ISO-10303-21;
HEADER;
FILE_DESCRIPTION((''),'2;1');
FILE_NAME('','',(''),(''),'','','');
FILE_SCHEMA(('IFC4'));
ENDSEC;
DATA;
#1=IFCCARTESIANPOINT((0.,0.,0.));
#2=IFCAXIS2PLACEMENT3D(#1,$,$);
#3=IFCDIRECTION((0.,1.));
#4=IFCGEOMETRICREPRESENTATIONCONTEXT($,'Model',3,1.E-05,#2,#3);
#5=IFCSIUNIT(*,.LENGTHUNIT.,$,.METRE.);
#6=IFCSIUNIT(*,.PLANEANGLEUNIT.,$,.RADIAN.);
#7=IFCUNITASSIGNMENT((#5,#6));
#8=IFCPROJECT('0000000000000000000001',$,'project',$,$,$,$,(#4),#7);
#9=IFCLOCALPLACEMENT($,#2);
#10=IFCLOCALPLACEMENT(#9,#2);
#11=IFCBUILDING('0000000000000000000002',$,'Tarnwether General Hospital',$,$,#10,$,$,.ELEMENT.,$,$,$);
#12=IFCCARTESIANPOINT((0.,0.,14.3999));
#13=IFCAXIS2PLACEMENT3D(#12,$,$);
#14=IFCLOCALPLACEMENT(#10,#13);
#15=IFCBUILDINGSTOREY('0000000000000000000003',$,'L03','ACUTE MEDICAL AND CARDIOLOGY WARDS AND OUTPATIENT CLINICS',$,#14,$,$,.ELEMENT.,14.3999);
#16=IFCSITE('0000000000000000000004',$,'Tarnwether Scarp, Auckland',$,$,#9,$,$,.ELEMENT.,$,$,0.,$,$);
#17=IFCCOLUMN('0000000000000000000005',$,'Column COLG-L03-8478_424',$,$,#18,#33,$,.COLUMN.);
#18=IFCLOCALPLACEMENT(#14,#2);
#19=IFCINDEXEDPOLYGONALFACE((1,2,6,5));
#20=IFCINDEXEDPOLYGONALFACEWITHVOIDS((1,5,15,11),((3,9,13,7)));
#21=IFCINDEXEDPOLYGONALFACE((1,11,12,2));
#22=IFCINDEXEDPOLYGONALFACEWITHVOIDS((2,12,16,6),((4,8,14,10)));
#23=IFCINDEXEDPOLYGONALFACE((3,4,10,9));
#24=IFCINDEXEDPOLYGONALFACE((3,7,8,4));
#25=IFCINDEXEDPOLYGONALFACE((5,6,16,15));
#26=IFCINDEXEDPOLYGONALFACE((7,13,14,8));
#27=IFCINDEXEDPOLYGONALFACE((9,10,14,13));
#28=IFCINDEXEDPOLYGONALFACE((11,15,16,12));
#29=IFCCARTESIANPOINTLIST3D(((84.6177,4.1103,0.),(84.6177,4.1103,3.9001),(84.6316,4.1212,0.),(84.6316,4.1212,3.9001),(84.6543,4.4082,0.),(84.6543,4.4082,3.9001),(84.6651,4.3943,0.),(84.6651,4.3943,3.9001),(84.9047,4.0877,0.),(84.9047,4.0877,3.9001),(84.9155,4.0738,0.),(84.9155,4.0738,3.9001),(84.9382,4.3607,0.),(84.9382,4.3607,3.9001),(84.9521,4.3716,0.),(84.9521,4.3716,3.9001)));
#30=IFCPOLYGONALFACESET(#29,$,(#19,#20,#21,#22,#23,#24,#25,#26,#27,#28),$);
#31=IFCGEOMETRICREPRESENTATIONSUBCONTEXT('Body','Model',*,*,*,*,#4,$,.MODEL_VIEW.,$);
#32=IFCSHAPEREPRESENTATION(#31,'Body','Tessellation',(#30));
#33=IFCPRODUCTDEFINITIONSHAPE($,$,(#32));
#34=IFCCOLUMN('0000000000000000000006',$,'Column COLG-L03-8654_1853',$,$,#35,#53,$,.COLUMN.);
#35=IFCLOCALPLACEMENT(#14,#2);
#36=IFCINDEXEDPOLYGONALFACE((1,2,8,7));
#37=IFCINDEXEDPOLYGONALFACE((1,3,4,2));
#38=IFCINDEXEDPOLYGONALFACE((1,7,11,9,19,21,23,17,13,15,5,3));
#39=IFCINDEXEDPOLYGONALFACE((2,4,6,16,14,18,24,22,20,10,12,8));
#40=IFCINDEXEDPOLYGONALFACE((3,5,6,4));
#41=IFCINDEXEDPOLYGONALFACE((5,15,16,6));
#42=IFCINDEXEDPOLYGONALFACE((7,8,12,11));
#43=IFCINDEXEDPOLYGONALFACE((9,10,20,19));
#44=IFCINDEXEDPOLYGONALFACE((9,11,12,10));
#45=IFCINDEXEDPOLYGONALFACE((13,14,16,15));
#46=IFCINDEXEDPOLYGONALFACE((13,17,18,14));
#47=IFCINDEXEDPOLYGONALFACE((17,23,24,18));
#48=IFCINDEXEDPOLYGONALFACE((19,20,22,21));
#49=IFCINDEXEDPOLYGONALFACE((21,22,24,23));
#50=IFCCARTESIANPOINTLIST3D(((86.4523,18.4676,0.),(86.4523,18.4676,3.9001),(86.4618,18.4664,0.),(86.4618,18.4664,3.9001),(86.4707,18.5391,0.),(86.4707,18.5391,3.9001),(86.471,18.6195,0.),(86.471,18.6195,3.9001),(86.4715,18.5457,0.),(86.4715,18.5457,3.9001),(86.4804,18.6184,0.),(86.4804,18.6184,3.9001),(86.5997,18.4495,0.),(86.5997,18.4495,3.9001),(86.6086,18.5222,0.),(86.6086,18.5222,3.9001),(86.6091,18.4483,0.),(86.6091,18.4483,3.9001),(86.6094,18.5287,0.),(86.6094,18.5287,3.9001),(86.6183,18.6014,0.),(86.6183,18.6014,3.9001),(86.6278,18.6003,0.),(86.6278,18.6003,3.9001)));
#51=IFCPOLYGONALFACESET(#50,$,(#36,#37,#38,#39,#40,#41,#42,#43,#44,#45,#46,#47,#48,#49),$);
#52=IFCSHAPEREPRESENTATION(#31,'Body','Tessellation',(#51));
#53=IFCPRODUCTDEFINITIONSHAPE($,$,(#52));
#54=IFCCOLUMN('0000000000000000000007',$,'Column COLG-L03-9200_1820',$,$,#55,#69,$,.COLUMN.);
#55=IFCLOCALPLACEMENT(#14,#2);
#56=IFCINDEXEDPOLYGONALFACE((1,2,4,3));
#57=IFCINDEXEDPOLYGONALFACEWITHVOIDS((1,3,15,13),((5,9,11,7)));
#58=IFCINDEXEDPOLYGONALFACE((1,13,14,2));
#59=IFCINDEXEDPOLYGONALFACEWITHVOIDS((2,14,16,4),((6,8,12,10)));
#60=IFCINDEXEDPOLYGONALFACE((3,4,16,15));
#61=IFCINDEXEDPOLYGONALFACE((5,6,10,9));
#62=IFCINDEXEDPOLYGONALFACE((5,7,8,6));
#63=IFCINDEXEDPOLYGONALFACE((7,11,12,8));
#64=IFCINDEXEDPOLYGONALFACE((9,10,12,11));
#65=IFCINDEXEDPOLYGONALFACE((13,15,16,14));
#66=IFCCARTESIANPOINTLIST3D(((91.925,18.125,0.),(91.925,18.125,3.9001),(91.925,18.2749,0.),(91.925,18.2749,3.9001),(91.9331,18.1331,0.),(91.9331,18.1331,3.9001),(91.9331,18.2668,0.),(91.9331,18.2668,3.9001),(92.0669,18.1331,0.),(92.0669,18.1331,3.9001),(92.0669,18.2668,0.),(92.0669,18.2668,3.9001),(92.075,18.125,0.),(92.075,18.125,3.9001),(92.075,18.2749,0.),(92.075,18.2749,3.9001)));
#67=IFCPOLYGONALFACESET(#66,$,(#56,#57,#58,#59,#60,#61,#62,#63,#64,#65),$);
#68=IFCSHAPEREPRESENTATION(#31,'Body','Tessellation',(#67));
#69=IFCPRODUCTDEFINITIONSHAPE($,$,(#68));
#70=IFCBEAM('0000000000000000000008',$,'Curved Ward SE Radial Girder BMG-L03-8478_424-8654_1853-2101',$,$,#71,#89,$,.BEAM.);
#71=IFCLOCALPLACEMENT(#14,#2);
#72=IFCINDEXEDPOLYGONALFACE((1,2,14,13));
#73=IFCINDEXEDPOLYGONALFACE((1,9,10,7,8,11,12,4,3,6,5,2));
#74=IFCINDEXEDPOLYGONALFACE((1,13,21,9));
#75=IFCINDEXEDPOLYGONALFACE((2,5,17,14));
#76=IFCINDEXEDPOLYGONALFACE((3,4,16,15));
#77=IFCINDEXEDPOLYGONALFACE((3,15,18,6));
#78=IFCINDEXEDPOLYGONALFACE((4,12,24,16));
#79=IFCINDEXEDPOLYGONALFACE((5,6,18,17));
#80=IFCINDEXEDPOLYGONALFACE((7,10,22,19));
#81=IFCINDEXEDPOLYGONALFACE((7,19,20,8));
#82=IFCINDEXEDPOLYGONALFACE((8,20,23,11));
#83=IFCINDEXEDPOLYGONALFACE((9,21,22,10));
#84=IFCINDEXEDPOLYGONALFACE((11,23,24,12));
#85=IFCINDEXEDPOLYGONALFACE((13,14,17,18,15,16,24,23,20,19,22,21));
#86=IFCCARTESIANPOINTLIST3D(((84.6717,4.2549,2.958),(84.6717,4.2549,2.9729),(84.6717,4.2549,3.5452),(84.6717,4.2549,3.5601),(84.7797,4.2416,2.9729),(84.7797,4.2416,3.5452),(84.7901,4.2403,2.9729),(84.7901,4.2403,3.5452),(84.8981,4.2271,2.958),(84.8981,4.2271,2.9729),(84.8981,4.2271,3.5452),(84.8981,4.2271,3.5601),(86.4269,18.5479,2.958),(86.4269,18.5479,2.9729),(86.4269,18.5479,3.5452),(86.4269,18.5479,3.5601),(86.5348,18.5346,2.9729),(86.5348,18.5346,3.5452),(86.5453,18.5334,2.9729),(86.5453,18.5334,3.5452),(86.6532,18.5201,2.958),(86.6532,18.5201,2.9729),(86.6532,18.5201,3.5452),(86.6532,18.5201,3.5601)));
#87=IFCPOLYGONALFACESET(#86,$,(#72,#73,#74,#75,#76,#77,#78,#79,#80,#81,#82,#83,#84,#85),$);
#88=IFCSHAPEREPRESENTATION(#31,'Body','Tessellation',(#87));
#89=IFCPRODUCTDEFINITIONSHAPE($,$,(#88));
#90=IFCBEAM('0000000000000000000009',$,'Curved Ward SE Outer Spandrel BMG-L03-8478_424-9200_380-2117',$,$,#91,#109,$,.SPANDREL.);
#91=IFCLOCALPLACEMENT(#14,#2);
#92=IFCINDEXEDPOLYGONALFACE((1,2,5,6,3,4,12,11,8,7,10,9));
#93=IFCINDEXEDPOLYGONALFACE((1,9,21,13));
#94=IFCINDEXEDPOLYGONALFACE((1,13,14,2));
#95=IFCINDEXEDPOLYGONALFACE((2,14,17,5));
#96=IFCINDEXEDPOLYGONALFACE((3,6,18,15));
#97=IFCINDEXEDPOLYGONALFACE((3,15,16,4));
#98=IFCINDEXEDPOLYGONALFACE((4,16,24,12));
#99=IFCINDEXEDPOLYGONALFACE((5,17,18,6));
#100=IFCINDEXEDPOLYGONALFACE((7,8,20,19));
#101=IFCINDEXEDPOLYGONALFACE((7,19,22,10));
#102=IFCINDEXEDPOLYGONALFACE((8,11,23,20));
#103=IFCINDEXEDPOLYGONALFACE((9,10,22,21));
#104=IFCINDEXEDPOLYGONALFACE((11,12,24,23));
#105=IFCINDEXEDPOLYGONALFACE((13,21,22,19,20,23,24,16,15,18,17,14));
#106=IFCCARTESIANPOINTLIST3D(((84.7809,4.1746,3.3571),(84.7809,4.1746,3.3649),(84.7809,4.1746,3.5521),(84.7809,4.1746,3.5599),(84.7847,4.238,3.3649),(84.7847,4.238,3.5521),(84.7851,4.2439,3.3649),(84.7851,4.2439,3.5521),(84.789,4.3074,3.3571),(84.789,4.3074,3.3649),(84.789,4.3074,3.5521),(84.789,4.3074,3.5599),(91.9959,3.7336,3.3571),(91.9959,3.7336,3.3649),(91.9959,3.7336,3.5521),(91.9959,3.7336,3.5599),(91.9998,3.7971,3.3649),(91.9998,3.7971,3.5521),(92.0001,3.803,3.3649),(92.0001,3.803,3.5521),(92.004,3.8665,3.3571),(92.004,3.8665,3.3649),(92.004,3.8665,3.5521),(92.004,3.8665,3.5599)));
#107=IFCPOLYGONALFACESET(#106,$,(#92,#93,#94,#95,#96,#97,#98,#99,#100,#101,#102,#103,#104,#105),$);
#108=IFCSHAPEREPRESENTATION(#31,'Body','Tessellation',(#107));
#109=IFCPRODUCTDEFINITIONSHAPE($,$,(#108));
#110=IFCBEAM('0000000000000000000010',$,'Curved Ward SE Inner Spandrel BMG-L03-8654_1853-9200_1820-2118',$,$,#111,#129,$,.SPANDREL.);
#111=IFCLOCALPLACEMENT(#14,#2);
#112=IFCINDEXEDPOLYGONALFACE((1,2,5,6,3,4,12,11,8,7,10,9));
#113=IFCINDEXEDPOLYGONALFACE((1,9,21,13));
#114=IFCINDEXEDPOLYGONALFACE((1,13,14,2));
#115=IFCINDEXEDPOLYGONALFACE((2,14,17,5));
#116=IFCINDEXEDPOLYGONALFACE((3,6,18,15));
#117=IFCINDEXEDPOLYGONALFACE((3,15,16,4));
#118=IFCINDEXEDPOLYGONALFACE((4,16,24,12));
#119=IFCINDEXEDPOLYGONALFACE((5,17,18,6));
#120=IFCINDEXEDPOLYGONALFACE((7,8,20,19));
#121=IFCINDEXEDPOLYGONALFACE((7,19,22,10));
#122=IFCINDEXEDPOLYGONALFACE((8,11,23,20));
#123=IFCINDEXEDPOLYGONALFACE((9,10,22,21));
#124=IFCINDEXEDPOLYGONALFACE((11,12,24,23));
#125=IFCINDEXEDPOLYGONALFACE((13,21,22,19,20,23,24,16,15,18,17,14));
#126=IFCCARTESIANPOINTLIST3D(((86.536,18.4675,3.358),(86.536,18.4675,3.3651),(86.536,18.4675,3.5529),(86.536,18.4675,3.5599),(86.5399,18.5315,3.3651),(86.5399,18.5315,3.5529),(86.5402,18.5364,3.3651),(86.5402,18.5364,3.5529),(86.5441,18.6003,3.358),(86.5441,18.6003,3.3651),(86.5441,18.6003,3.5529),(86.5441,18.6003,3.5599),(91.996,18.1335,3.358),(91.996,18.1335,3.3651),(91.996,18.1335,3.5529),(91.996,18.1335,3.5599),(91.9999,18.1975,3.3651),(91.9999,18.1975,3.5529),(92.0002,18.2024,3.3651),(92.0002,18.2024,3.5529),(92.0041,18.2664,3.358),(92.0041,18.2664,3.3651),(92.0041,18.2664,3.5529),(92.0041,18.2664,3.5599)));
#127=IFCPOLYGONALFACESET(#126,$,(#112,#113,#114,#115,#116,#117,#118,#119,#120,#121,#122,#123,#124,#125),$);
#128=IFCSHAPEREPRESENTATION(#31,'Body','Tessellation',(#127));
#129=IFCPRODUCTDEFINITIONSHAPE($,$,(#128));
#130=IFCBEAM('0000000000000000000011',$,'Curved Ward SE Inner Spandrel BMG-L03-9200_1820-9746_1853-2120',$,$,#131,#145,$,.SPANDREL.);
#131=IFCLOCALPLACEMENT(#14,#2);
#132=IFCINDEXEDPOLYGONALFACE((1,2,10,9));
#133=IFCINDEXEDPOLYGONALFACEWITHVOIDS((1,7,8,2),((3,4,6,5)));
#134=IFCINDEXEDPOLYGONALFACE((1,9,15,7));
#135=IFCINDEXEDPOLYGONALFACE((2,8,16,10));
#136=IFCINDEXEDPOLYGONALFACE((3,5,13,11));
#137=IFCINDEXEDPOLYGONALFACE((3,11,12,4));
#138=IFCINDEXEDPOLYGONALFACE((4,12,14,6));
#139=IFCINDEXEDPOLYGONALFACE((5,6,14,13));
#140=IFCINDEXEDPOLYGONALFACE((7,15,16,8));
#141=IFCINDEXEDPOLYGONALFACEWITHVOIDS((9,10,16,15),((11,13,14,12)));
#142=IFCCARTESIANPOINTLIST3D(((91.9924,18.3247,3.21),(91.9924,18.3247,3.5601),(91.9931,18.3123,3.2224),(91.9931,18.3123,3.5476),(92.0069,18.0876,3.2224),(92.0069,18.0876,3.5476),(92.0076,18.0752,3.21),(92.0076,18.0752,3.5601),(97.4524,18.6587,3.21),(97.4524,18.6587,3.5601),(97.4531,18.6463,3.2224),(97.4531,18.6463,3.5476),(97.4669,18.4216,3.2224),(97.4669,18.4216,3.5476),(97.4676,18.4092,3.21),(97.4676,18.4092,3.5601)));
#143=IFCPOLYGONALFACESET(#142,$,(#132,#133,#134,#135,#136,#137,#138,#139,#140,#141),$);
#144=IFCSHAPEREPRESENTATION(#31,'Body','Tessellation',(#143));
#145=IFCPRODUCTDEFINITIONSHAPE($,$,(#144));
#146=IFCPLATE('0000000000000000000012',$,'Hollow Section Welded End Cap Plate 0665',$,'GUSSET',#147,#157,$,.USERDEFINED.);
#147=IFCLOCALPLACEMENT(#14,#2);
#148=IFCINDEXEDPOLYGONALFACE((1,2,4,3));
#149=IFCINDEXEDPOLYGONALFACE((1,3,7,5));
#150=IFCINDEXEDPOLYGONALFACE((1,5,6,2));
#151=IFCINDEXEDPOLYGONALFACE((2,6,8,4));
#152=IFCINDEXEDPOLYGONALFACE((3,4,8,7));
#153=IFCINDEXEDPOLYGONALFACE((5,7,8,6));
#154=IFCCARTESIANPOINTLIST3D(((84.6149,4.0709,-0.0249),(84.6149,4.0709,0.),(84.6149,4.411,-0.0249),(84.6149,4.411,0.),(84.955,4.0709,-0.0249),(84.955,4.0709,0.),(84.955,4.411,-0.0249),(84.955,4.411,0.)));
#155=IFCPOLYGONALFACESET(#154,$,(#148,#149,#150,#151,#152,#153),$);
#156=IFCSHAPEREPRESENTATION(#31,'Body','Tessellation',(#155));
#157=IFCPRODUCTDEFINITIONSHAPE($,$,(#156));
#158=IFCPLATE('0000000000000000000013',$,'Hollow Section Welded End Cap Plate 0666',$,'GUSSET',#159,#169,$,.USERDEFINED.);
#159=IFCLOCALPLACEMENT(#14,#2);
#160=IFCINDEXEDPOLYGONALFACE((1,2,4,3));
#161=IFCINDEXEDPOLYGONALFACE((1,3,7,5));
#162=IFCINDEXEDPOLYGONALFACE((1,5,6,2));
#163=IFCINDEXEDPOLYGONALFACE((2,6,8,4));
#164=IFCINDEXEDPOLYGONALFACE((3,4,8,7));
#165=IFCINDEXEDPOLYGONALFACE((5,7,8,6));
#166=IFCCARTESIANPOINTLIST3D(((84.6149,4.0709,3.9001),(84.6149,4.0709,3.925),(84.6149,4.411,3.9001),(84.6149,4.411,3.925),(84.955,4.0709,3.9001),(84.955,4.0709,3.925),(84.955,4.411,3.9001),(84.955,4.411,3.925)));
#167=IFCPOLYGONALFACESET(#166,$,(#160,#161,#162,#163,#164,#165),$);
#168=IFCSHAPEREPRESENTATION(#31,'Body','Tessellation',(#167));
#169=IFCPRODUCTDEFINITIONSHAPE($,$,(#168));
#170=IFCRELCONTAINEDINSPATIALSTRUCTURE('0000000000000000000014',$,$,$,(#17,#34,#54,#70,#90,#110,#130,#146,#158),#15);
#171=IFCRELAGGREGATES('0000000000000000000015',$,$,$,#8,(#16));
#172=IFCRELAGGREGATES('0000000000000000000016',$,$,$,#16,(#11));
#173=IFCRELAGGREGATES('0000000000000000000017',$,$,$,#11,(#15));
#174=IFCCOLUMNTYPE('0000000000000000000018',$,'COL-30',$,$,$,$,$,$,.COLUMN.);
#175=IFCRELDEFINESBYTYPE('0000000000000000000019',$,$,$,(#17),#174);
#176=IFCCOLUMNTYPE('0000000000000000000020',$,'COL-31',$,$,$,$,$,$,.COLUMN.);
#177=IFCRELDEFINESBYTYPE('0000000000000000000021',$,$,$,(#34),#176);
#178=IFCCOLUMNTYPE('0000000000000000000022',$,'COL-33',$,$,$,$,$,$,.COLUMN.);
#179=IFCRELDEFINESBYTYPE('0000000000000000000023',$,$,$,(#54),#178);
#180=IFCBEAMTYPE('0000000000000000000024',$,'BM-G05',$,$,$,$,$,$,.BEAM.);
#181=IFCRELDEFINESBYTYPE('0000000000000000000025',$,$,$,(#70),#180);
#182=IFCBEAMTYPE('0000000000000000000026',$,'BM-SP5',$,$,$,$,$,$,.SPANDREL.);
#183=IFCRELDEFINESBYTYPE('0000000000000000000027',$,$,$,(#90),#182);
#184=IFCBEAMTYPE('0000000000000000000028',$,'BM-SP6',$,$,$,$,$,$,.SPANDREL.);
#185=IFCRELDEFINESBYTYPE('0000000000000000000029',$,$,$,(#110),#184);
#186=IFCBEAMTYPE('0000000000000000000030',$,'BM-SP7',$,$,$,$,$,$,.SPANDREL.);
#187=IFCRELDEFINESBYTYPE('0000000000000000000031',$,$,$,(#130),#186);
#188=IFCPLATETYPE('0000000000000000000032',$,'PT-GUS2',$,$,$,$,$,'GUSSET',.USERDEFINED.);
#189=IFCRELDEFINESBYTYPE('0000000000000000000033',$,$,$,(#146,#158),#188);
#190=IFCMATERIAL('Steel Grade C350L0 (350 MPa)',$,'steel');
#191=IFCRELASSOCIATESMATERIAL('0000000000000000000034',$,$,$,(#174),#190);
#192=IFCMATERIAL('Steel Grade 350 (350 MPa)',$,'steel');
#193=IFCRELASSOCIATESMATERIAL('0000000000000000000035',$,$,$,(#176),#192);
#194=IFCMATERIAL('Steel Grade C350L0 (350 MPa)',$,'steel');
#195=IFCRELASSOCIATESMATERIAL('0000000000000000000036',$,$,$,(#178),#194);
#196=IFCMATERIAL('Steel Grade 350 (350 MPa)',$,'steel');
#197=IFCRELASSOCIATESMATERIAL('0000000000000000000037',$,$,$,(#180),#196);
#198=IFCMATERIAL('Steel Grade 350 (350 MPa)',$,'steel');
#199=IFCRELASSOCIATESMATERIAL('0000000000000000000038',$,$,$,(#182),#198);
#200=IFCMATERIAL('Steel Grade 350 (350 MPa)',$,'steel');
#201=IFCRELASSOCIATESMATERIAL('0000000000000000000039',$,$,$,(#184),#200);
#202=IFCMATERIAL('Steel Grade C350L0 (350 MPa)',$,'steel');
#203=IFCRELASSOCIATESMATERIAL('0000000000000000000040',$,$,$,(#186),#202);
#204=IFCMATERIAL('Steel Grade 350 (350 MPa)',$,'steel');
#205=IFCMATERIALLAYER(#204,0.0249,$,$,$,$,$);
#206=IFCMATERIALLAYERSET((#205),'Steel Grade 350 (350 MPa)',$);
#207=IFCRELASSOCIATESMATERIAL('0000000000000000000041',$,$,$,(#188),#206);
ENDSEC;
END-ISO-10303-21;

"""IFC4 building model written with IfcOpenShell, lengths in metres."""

from ifc_helpers import new_model, si_unit, direction, frame, origin, origin_2d, place, context, subcontext, project, spatial, rectangle, hollow_rectangle, i_section, extrude, material, layer, layer_set, material_profile, profile_set, type_object, element, save


model = new_model("IFC4")

# Units and contexts
model_context = context("Model", 3, precision=1e-05, world=origin(), true_north=direction((0.0, 1.0)))
body_context = subcontext(model_context, "Body", "Model", "MODEL_VIEW")
ifc_project = project(units=[si_unit("LENGTHUNIT", "METRE"), si_unit("PLANEANGLEUNIT", "RADIAN")], contexts=[model_context])

# Site, building, storey
site_placement = place(None, origin())
site = spatial("IfcSite", under=ifc_project, at=site_placement, Name="Tarnwether Scarp, Auckland", CompositionType="ELEMENT", RefElevation=0.0)
building_placement = place(site_placement, origin())
building = spatial("IfcBuilding", under=site, at=building_placement, Name="Tarnwether General Hospital", CompositionType="ELEMENT")
storey_placement = place(building_placement, frame((0.0, 0.0, 14.3999)))
storey = spatial("IfcBuildingStorey", under=building, at=storey_placement, Name="L03", Description="ACUTE MEDICAL AND CARDIOLOGY WARDS AND OUTPATIENT CLINICS", CompositionType="ELEMENT", Elevation=14.3999)

# Columns
ifc_material_1 = material(Name="Steel Grade C350L0 (350 MPa)", Category="steel")
ifc_material_profile_1 = material_profile(ifc_material_1, hollow_rectangle(XDim=0.3, YDim=0.3, WallThickness=0.0125, at=origin_2d()), Name="SHS300x300x12.5")
ifc_profile_set_1 = profile_set([ifc_material_profile_1], Name="Steel Grade C350L0 (350 MPa)")
column_type_1 = type_object("IfcColumnType", Name="COL-30", PredefinedType="COLUMN", material=ifc_profile_set_1)
column_1_placement = place(storey_placement, frame((84.7849, 4.241, 0.0), z_axis=(0.0, 0.0, 1.0), x_axis=(0.121869, 0.992546, 0.0)))
element("IfcColumn", 1, at=column_1_placement, inside=storey, type_object=column_type_1, Name="Column COLG-L03-8478_424", PredefinedType="COLUMN", context=body_context, shape_type="SweptSolid", body=[
    extrude(hollow_rectangle(XDim=0.3, YDim=0.3, WallThickness=0.0125, at=origin_2d()), origin(), (0.0, 0.0, 1.0), 3.9001),
])
ifc_material_2 = material(Name="Steel Grade 350 (350 MPa)", Category="steel")
ifc_material_profile_2 = material_profile(ifc_material_2, i_section(OverallWidth=0.1531, OverallDepth=0.158, WebThickness=0.0066, FlangeThickness=0.0095, at=origin_2d()), Name="150UC30.0")
ifc_profile_set_2 = profile_set([ifc_material_profile_2], Name="Steel Grade 350 (350 MPa)")
column_type_2 = type_object("IfcColumnType", Name="COL-31", PredefinedType="COLUMN", material=ifc_profile_set_2)
column_2_placement = place(storey_placement, frame((86.54, 18.5339, 0.0), z_axis=(0.0, 0.0, 1.0), x_axis=(0.121869, 0.992546, 0.0)))
element("IfcColumn", 2, at=column_2_placement, inside=storey, type_object=column_type_2, Name="Column COLG-L03-8654_1853", PredefinedType="COLUMN", context=body_context, shape_type="SweptSolid", body=[
    extrude(i_section(OverallWidth=0.1531, OverallDepth=0.158, WebThickness=0.0066, FlangeThickness=0.0095, at=origin_2d()), origin(), (0.0, 0.0, 1.0), 3.9001),
])
ifc_material_3 = material(Name="Steel Grade C350L0 (350 MPa)", Category="steel")
ifc_material_profile_3 = material_profile(ifc_material_3, hollow_rectangle(XDim=0.1499, YDim=0.1499, WallThickness=0.0081, at=origin_2d()), Name="SHS150x150x8")
ifc_profile_set_3 = profile_set([ifc_material_profile_3], Name="Steel Grade C350L0 (350 MPa)")
column_type_3 = type_object("IfcColumnType", Name="COL-33", PredefinedType="COLUMN", material=ifc_profile_set_3)
column_3_placement = place(storey_placement, frame((92.0, 18.2, 0.0), z_axis=(0.0, 0.0, 1.0), x_axis=(0.0, 1.0, 0.0)))
element("IfcColumn", 3, at=column_3_placement, inside=storey, type_object=column_type_3, Name="Column COLG-L03-9200_1820", PredefinedType="COLUMN", context=body_context, shape_type="SweptSolid", body=[
    extrude(hollow_rectangle(XDim=0.1499, YDim=0.1499, WallThickness=0.0081, at=origin_2d()), origin(), (0.0, 0.0, 1.0), 3.9001),
])

# Beams
ifc_material_4 = material(Name="Steel Grade 350 (350 MPa)", Category="steel")
ifc_material_profile_4 = material_profile(ifc_material_4, i_section(OverallWidth=0.228, OverallDepth=0.6021, WebThickness=0.0105, FlangeThickness=0.0149, at=origin_2d()), Name="610UB101")
ifc_profile_set_4 = profile_set([ifc_material_profile_4], Name="Steel Grade 350 (350 MPa)")
beam_type_1 = type_object("IfcBeamType", Name="BM-G05", PredefinedType="BEAM", material=ifc_profile_set_4)
beam_1_placement = place(storey_placement, frame((84.7849, 4.241, 3.259), z_axis=(0.121881, 0.992545, 0.0), x_axis=(-0.992545, 0.121881, 0.0)))
element("IfcBeam", 4, at=beam_1_placement, inside=storey, type_object=beam_type_1, Name="Curved Ward SE Radial Girder BMG-L03-8478_424-8654_1853-2101", PredefinedType="BEAM", context=body_context, shape_type="SweptSolid", body=[
    extrude(i_section(OverallWidth=0.228, OverallDepth=0.6021, WebThickness=0.0105, FlangeThickness=0.0149, at=origin_2d()), origin(), (0.0, 0.0, 1.0), 14.4004),
])
ifc_material_5 = material(Name="Steel Grade 350 (350 MPa)", Category="steel")
ifc_material_profile_5 = material_profile(ifc_material_5, i_section(OverallWidth=0.1331, OverallDepth=0.2029, WebThickness=0.0059, FlangeThickness=0.0078, at=origin_2d()), Name="200UB25.4")
ifc_profile_set_5 = profile_set([ifc_material_profile_5], Name="Steel Grade 350 (350 MPa)")
beam_type_2 = type_object("IfcBeamType", Name="BM-SP5", PredefinedType="SPANDREL", material=ifc_profile_set_5)
beam_2_placement = place(storey_placement, frame((84.7849, 4.241, 3.4585), z_axis=(0.998138, -0.060997, 0.0), x_axis=(0.060997, 0.998138, 0.0)))
element("IfcBeam", 5, at=beam_2_placement, inside=storey, type_object=beam_type_2, Name="Curved Ward SE Outer Spandrel BMG-L03-8478_424-9200_380-2117", PredefinedType="SPANDREL", context=body_context, shape_type="SweptSolid", body=[
    extrude(i_section(OverallWidth=0.1331, OverallDepth=0.2029, WebThickness=0.0059, FlangeThickness=0.0078, at=origin_2d()), origin(), (0.0, 0.0, 1.0), 7.2285),
])
ifc_material_6 = material(Name="Steel Grade 350 (350 MPa)", Category="steel")
ifc_material_profile_6 = material_profile(ifc_material_6, i_section(OverallWidth=0.1331, OverallDepth=0.2019, WebThickness=0.0049, FlangeThickness=0.0071, at=origin_2d()), Name="200UB22.3")
ifc_profile_set_6 = profile_set([ifc_material_profile_6], Name="Steel Grade 350 (350 MPa)")
beam_type_3 = type_object("IfcBeamType", Name="BM-SP6", PredefinedType="SPANDREL", material=ifc_profile_set_6)
beam_3_placement = place(storey_placement, frame((86.54, 18.5339, 3.459), z_axis=(0.998134, -0.061056, 0.0), x_axis=(0.061056, 0.998134, 0.0)))
element("IfcBeam", 6, at=beam_3_placement, inside=storey, type_object=beam_type_3, Name="Curved Ward SE Inner Spandrel BMG-L03-8654_1853-9200_1820-2118", PredefinedType="SPANDREL", context=body_context, shape_type="SweptSolid", body=[
    extrude(i_section(OverallWidth=0.1331, OverallDepth=0.2019, WebThickness=0.0049, FlangeThickness=0.0071, at=origin_2d()), origin(), (0.0, 0.0, 1.0), 5.4702),
])
ifc_material_7 = material(Name="Steel Grade C350L0 (350 MPa)", Category="steel")
ifc_material_profile_7 = material_profile(ifc_material_7, hollow_rectangle(XDim=0.25, YDim=0.3501, WallThickness=0.0125, at=origin_2d()), Name="RHS350x250x12.5")
ifc_profile_set_7 = profile_set([ifc_material_profile_7], Name="Steel Grade C350L0 (350 MPa)")
beam_type_4 = type_object("IfcBeamType", Name="BM-SP7", PredefinedType="SPANDREL", material=ifc_profile_set_7)
beam_4_placement = place(storey_placement, frame((92.0, 18.2, 3.385), z_axis=(0.998134, 0.061056, 0.0), x_axis=(-0.061056, 0.998134, 0.0)))
element("IfcBeam", 7, at=beam_4_placement, inside=storey, type_object=beam_type_4, Name="Curved Ward SE Inner Spandrel BMG-L03-9200_1820-9746_1853-2120", PredefinedType="SPANDREL", context=body_context, shape_type="SweptSolid", body=[
    extrude(hollow_rectangle(XDim=0.25, YDim=0.3501, WallThickness=0.0125, at=origin_2d()), origin(), (0.0, 0.0, 1.0), 5.4702),
])

# Plates
ifc_material_8 = material(Name="Steel Grade 350 (350 MPa)", Category="steel")
ifc_layer_1 = layer(ifc_material_8, 0.0249)
ifc_layer_set_1 = layer_set([ifc_layer_1], Name="Steel Grade 350 (350 MPa)")
plate_type = type_object("IfcPlateType", Name="PT-GUS2", ElementType="GUSSET", PredefinedType="USERDEFINED", material=ifc_layer_set_1)
for number, where, z_axis, x_axis, name in (
    (8, (84.7849, 4.241, -0.0249), (0.0, 0.0, 1.0), (1.0, 0.0, 0.0), "Hollow Section Welded End Cap Plate 0665"),
    (9, (84.7849, 4.241, 3.9001), (0.0, 0.0, 1.0), (1.0, 0.0, 0.0), "Hollow Section Welded End Cap Plate 0666"),
):
    element("IfcPlate", number, at=place(storey_placement, frame(where, z_axis=z_axis, x_axis=x_axis)), inside=storey, type_object=plate_type, Name=name, ObjectType="GUSSET", PredefinedType="USERDEFINED", context=body_context, shape_type="SweptSolid", body=[
        extrude(rectangle(XDim=0.3401, YDim=0.3401, at=origin_2d()), origin(), (0.0, 0.0, 1.0), 0.0249),
    ])

save(model, "model.ifc")
